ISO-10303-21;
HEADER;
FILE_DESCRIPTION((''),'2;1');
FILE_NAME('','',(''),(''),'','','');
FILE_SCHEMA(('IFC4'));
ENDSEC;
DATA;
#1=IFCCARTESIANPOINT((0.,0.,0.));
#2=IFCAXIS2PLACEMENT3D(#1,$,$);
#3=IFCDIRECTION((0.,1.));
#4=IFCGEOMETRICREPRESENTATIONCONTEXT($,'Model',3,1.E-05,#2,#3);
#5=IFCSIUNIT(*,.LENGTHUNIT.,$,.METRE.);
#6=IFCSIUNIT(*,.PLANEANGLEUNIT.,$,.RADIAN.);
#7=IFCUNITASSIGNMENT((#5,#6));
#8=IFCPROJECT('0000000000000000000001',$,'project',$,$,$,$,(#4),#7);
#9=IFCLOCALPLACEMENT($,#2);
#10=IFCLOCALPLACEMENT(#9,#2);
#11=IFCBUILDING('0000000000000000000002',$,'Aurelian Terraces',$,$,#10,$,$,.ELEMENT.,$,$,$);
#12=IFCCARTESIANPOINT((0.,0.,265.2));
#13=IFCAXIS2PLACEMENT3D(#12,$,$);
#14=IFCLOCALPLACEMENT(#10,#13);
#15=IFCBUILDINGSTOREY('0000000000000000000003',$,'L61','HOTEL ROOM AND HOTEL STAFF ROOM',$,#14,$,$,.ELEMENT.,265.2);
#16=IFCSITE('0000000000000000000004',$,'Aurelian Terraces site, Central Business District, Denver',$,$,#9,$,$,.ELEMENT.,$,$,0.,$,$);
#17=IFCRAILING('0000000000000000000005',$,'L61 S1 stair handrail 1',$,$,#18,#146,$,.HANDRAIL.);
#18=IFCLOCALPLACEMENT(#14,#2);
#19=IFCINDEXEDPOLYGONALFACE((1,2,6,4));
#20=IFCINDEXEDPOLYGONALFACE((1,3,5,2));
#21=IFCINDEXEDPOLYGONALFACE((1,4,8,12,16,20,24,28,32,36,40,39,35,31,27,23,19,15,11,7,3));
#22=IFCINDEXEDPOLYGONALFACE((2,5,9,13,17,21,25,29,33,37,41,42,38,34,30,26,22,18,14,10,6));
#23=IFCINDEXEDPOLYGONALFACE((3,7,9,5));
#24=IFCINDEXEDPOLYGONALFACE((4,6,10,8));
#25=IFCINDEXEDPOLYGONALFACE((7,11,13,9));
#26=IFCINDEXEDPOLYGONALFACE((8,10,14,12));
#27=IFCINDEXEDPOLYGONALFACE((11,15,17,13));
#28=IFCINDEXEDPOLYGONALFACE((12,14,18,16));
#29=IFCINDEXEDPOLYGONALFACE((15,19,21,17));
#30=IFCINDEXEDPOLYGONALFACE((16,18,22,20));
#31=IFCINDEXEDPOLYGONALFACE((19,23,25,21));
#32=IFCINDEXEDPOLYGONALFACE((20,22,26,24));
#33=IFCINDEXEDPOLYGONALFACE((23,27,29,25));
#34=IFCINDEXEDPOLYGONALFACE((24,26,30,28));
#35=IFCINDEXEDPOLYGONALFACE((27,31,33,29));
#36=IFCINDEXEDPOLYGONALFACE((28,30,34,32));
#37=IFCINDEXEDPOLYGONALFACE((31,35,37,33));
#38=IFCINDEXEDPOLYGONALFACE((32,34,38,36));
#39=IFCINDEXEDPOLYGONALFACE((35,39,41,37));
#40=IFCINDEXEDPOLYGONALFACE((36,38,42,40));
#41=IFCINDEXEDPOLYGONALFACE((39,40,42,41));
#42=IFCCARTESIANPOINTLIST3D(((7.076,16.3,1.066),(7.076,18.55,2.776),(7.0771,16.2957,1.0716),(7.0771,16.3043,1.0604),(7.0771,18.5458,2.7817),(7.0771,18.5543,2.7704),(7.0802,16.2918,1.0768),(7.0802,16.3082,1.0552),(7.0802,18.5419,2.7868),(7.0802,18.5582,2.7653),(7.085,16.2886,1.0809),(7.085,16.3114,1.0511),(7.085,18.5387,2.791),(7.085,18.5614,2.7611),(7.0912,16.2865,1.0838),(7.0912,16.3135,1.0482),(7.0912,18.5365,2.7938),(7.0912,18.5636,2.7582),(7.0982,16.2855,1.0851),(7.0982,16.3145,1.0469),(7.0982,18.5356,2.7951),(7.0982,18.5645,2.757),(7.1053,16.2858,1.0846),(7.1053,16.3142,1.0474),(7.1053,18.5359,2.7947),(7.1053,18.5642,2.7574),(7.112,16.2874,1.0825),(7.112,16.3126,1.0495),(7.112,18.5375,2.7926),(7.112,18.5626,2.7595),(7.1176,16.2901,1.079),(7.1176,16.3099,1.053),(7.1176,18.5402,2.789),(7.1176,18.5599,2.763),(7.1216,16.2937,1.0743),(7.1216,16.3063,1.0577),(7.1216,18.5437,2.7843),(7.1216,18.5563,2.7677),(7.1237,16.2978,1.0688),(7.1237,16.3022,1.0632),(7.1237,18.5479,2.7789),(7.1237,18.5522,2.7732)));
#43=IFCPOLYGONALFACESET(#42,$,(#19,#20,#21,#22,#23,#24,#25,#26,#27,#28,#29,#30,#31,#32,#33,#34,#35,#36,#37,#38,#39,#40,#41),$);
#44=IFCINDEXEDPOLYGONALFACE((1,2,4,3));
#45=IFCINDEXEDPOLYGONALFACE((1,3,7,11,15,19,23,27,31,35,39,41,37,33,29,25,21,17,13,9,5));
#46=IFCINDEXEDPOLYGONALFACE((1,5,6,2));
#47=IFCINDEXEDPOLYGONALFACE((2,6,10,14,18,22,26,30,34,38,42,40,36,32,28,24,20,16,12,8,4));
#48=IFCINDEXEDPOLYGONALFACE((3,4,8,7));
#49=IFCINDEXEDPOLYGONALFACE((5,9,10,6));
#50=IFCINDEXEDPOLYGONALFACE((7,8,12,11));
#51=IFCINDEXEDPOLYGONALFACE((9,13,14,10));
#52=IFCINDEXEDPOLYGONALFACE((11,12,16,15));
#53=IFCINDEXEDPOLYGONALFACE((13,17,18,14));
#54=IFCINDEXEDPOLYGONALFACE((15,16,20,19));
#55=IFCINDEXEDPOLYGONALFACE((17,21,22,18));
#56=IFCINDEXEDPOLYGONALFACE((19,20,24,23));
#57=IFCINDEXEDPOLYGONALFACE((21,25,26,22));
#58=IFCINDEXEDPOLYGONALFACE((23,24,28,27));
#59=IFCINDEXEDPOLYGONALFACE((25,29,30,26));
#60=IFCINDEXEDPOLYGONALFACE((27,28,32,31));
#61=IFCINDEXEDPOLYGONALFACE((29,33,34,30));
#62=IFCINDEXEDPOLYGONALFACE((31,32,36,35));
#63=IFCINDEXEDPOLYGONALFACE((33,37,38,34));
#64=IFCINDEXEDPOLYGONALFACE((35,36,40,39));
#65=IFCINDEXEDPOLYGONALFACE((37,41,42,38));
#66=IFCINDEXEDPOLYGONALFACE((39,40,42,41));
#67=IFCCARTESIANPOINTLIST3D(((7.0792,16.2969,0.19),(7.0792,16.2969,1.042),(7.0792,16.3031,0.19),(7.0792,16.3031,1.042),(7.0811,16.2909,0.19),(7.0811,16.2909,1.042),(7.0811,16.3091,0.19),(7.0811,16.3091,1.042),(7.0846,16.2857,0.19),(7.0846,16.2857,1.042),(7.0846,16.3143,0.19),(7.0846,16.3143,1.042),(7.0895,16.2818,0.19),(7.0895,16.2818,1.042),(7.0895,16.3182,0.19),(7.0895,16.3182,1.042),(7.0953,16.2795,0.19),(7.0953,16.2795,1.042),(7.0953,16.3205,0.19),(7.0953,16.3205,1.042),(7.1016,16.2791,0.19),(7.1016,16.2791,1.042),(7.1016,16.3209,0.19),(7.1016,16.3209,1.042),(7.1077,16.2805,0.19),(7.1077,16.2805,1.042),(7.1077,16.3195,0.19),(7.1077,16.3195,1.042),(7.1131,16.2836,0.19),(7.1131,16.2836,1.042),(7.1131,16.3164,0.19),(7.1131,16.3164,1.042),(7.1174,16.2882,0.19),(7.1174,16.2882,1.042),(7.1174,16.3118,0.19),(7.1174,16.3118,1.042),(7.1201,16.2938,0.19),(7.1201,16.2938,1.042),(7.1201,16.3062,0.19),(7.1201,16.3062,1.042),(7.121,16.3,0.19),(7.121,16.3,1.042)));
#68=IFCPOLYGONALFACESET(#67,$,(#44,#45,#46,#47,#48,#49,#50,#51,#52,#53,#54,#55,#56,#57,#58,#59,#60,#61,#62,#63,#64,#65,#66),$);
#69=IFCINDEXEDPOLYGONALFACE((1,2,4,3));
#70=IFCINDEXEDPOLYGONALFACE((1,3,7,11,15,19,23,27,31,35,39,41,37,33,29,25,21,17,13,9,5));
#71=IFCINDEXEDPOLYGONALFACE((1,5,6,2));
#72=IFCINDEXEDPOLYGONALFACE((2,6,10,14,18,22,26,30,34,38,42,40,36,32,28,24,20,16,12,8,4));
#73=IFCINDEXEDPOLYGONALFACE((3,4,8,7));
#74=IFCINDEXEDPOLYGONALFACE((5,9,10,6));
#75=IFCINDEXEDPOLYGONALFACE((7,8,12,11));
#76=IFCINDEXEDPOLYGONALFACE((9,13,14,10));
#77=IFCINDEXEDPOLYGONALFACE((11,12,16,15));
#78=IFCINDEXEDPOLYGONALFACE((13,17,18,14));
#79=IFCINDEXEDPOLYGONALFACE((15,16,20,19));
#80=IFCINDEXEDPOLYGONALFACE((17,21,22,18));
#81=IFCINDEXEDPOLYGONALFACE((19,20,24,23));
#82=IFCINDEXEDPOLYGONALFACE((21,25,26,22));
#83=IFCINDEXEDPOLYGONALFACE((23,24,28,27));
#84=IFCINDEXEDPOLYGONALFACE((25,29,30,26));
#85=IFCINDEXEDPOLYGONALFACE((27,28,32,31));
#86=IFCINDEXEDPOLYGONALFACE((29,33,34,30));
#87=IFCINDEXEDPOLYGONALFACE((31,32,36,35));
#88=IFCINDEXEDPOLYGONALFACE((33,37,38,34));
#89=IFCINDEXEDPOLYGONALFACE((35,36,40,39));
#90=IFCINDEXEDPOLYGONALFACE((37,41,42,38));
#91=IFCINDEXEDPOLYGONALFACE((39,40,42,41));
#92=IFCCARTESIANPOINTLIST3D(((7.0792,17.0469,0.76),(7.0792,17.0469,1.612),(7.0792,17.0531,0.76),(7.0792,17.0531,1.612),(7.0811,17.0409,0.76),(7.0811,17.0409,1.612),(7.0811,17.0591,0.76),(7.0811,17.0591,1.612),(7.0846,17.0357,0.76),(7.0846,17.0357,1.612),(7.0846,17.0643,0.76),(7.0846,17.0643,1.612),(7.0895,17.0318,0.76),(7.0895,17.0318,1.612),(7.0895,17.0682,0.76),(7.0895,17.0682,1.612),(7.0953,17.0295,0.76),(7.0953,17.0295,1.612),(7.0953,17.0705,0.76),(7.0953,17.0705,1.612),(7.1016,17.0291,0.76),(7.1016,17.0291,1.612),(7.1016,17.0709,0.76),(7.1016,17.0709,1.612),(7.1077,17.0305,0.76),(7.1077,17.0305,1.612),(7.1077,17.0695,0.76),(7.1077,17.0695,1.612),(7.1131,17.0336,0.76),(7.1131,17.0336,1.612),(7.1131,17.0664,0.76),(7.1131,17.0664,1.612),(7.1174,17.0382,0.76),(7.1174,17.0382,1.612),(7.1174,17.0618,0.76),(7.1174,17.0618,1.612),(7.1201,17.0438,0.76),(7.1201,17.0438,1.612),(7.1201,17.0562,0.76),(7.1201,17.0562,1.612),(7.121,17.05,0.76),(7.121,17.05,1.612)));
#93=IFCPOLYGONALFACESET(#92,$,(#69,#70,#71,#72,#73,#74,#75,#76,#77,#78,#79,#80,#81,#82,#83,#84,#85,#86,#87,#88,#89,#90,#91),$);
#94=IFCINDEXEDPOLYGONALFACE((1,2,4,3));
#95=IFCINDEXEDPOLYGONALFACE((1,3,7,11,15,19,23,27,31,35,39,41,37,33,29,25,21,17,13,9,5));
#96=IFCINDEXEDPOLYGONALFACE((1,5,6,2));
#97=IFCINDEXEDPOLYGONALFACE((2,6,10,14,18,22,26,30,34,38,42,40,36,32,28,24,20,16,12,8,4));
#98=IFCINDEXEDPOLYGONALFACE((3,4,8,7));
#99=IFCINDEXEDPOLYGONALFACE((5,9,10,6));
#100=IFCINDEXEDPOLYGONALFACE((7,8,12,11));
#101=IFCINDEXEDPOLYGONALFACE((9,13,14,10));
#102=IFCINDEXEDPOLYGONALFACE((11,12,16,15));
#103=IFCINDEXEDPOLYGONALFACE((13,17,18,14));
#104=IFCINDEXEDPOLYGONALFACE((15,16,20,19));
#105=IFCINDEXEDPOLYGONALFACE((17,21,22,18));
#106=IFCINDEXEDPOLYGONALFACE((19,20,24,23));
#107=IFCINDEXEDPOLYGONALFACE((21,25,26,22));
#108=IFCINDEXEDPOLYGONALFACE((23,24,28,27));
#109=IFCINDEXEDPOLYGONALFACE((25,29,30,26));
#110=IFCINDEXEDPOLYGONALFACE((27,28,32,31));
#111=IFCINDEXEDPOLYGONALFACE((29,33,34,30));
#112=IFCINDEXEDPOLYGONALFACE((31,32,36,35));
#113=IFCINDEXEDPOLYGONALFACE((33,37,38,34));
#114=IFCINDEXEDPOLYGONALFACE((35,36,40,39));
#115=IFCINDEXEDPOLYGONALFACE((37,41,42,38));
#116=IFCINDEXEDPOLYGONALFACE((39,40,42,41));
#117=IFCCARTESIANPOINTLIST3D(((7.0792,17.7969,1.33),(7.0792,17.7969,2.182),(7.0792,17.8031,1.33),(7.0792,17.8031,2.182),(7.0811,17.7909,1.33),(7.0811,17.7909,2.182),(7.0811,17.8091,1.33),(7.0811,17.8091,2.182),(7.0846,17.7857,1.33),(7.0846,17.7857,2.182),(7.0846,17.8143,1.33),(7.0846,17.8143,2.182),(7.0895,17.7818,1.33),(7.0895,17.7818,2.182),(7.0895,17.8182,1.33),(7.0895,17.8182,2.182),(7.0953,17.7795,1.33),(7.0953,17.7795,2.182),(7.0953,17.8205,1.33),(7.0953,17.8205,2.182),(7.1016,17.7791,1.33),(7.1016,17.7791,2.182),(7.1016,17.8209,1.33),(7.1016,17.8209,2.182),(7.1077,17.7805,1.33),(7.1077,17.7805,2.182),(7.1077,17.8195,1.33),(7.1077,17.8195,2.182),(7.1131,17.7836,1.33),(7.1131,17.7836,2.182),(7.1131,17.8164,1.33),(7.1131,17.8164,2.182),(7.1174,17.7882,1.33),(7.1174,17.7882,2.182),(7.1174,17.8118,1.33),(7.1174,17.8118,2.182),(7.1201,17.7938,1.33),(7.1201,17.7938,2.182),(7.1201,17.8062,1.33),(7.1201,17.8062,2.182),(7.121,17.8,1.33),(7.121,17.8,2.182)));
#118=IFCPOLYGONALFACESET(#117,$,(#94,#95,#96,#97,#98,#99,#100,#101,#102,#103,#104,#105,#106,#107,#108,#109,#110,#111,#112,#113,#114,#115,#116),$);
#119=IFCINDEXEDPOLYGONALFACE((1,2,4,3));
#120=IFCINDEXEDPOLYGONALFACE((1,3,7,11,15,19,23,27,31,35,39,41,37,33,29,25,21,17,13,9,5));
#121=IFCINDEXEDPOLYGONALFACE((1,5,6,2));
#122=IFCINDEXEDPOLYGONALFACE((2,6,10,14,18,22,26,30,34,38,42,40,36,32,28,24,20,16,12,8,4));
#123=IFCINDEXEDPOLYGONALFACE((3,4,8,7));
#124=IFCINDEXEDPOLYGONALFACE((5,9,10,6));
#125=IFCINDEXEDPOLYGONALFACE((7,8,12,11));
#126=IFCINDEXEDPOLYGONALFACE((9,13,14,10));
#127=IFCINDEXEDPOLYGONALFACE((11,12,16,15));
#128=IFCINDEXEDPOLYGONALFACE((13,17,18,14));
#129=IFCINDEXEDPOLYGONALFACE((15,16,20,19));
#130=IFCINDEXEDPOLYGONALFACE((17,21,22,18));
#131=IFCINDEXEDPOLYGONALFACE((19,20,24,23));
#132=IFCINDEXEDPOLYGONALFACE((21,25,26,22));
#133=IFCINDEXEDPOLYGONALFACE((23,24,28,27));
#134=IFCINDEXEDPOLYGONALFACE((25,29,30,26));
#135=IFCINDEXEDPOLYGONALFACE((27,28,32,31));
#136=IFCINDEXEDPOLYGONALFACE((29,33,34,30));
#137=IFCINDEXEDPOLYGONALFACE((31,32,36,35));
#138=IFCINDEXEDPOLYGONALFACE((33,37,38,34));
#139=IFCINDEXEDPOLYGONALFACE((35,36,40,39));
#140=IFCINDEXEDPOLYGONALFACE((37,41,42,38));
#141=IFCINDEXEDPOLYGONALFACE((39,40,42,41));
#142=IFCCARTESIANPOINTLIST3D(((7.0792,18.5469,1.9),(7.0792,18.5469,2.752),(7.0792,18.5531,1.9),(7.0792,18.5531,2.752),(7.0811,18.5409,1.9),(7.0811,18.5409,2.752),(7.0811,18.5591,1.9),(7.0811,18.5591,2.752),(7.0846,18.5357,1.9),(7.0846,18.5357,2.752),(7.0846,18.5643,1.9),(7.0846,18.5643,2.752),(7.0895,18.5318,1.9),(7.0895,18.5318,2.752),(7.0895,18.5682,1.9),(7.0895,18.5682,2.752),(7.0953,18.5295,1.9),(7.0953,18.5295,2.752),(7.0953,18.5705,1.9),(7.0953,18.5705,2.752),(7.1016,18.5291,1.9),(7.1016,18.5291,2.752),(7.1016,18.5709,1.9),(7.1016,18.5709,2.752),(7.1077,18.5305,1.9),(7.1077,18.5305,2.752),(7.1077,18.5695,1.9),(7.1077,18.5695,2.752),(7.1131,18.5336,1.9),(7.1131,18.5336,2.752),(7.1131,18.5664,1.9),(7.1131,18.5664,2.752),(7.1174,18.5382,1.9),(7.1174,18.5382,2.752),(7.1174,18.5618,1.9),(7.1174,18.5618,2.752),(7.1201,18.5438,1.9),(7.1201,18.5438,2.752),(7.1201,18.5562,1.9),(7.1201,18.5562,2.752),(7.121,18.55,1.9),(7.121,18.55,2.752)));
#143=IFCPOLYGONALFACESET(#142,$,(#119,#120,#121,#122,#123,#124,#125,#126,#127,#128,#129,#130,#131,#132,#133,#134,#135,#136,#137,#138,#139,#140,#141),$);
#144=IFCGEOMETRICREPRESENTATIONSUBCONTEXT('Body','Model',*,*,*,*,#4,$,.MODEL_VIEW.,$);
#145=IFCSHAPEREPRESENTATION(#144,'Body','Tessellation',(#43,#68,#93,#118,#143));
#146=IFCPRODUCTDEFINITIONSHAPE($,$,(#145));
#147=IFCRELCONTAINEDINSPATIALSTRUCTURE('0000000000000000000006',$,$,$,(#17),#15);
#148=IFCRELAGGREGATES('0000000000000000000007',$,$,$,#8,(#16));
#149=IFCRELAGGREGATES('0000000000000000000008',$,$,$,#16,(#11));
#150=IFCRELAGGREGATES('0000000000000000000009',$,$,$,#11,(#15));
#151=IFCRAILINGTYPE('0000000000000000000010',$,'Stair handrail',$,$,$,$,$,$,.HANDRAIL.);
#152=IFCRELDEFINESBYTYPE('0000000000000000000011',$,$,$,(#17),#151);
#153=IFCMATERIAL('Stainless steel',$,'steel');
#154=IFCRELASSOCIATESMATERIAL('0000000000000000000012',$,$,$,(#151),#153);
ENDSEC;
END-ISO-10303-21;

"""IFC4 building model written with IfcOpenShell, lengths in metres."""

from ifc_helpers import new_model, si_unit, direction, frame, origin, origin_2d, place, context, subcontext, project, spatial, circle, extrude, source, transform, mapped, material, type_object, element, save


model = new_model("IFC4")

# Units and contexts
model_context = context("Model", 3, precision=1e-05, world=origin(), true_north=direction((0.0, 1.0)))
body_context = subcontext(model_context, "Body", "Model", "MODEL_VIEW")
ifc_project = project(units=[si_unit("LENGTHUNIT", "METRE"), si_unit("PLANEANGLEUNIT", "RADIAN")], contexts=[model_context])

# Site, building, storey
site_placement = place(None, origin())
site = spatial("IfcSite", under=ifc_project, at=site_placement, Name="Aurelian Terraces site, Central Business District, Denver", CompositionType="ELEMENT", RefElevation=0.0)
building_placement = place(site_placement, origin())
building = spatial("IfcBuilding", under=site, at=building_placement, Name="Aurelian Terraces", CompositionType="ELEMENT")
storey_placement = place(building_placement, frame((0.0, 0.0, 265.2)))
storey = spatial("IfcBuildingStorey", under=building, at=storey_placement, Name="L61", Description="HOTEL ROOM AND HOTEL STAFF ROOM", CompositionType="ELEMENT", Elevation=265.2)

# Railing
ifc_material_1 = material(Name="Stainless steel", Category="steel")
railing_type_1 = type_object("IfcRailingType", Name="Stair handrail", PredefinedType="HANDRAIL", material=ifc_material_1)
shared_shape_1 = source(origin(), body_context, "Body", "SweptSolid", [
    extrude(circle(Radius=0.024, at=origin_2d()), frame((0.0, 0.0, 0.876), z_axis=(0.0, 0.796162, 0.605083), x_axis=(-1.0, 0.0, 0.0)), (0.0, 0.0, 1.0), 2.8261),
    extrude(circle(Radius=0.021, at=origin_2d()), origin(), (0.0, 0.0, 1.0), 0.852),
    extrude(circle(Radius=0.021, at=origin_2d()), frame((0.0, 0.75, 0.57)), (0.0, 0.0, 1.0), 0.852),
    extrude(circle(Radius=0.021, at=origin_2d()), frame((0.0, 1.5, 1.14)), (0.0, 0.0, 1.0), 0.852),
    extrude(circle(Radius=0.021, at=origin_2d()), frame((0.0, 2.25, 1.71)), (0.0, 0.0, 1.0), 0.852),
])
railing_1_placement = place(storey_placement, frame((7.1, 16.3, 0.19)))
element("IfcRailing", 1, at=railing_1_placement, inside=storey, type_object=railing_type_1, Name="L61 S1 stair handrail 1", PredefinedType="HANDRAIL", context=body_context, shape_type="MappedRepresentation", body=[
    mapped(shared_shape_1, transform((0.0, 0.0, 0.0), scale=1.0)),
])

save(model, "model.ifc")
